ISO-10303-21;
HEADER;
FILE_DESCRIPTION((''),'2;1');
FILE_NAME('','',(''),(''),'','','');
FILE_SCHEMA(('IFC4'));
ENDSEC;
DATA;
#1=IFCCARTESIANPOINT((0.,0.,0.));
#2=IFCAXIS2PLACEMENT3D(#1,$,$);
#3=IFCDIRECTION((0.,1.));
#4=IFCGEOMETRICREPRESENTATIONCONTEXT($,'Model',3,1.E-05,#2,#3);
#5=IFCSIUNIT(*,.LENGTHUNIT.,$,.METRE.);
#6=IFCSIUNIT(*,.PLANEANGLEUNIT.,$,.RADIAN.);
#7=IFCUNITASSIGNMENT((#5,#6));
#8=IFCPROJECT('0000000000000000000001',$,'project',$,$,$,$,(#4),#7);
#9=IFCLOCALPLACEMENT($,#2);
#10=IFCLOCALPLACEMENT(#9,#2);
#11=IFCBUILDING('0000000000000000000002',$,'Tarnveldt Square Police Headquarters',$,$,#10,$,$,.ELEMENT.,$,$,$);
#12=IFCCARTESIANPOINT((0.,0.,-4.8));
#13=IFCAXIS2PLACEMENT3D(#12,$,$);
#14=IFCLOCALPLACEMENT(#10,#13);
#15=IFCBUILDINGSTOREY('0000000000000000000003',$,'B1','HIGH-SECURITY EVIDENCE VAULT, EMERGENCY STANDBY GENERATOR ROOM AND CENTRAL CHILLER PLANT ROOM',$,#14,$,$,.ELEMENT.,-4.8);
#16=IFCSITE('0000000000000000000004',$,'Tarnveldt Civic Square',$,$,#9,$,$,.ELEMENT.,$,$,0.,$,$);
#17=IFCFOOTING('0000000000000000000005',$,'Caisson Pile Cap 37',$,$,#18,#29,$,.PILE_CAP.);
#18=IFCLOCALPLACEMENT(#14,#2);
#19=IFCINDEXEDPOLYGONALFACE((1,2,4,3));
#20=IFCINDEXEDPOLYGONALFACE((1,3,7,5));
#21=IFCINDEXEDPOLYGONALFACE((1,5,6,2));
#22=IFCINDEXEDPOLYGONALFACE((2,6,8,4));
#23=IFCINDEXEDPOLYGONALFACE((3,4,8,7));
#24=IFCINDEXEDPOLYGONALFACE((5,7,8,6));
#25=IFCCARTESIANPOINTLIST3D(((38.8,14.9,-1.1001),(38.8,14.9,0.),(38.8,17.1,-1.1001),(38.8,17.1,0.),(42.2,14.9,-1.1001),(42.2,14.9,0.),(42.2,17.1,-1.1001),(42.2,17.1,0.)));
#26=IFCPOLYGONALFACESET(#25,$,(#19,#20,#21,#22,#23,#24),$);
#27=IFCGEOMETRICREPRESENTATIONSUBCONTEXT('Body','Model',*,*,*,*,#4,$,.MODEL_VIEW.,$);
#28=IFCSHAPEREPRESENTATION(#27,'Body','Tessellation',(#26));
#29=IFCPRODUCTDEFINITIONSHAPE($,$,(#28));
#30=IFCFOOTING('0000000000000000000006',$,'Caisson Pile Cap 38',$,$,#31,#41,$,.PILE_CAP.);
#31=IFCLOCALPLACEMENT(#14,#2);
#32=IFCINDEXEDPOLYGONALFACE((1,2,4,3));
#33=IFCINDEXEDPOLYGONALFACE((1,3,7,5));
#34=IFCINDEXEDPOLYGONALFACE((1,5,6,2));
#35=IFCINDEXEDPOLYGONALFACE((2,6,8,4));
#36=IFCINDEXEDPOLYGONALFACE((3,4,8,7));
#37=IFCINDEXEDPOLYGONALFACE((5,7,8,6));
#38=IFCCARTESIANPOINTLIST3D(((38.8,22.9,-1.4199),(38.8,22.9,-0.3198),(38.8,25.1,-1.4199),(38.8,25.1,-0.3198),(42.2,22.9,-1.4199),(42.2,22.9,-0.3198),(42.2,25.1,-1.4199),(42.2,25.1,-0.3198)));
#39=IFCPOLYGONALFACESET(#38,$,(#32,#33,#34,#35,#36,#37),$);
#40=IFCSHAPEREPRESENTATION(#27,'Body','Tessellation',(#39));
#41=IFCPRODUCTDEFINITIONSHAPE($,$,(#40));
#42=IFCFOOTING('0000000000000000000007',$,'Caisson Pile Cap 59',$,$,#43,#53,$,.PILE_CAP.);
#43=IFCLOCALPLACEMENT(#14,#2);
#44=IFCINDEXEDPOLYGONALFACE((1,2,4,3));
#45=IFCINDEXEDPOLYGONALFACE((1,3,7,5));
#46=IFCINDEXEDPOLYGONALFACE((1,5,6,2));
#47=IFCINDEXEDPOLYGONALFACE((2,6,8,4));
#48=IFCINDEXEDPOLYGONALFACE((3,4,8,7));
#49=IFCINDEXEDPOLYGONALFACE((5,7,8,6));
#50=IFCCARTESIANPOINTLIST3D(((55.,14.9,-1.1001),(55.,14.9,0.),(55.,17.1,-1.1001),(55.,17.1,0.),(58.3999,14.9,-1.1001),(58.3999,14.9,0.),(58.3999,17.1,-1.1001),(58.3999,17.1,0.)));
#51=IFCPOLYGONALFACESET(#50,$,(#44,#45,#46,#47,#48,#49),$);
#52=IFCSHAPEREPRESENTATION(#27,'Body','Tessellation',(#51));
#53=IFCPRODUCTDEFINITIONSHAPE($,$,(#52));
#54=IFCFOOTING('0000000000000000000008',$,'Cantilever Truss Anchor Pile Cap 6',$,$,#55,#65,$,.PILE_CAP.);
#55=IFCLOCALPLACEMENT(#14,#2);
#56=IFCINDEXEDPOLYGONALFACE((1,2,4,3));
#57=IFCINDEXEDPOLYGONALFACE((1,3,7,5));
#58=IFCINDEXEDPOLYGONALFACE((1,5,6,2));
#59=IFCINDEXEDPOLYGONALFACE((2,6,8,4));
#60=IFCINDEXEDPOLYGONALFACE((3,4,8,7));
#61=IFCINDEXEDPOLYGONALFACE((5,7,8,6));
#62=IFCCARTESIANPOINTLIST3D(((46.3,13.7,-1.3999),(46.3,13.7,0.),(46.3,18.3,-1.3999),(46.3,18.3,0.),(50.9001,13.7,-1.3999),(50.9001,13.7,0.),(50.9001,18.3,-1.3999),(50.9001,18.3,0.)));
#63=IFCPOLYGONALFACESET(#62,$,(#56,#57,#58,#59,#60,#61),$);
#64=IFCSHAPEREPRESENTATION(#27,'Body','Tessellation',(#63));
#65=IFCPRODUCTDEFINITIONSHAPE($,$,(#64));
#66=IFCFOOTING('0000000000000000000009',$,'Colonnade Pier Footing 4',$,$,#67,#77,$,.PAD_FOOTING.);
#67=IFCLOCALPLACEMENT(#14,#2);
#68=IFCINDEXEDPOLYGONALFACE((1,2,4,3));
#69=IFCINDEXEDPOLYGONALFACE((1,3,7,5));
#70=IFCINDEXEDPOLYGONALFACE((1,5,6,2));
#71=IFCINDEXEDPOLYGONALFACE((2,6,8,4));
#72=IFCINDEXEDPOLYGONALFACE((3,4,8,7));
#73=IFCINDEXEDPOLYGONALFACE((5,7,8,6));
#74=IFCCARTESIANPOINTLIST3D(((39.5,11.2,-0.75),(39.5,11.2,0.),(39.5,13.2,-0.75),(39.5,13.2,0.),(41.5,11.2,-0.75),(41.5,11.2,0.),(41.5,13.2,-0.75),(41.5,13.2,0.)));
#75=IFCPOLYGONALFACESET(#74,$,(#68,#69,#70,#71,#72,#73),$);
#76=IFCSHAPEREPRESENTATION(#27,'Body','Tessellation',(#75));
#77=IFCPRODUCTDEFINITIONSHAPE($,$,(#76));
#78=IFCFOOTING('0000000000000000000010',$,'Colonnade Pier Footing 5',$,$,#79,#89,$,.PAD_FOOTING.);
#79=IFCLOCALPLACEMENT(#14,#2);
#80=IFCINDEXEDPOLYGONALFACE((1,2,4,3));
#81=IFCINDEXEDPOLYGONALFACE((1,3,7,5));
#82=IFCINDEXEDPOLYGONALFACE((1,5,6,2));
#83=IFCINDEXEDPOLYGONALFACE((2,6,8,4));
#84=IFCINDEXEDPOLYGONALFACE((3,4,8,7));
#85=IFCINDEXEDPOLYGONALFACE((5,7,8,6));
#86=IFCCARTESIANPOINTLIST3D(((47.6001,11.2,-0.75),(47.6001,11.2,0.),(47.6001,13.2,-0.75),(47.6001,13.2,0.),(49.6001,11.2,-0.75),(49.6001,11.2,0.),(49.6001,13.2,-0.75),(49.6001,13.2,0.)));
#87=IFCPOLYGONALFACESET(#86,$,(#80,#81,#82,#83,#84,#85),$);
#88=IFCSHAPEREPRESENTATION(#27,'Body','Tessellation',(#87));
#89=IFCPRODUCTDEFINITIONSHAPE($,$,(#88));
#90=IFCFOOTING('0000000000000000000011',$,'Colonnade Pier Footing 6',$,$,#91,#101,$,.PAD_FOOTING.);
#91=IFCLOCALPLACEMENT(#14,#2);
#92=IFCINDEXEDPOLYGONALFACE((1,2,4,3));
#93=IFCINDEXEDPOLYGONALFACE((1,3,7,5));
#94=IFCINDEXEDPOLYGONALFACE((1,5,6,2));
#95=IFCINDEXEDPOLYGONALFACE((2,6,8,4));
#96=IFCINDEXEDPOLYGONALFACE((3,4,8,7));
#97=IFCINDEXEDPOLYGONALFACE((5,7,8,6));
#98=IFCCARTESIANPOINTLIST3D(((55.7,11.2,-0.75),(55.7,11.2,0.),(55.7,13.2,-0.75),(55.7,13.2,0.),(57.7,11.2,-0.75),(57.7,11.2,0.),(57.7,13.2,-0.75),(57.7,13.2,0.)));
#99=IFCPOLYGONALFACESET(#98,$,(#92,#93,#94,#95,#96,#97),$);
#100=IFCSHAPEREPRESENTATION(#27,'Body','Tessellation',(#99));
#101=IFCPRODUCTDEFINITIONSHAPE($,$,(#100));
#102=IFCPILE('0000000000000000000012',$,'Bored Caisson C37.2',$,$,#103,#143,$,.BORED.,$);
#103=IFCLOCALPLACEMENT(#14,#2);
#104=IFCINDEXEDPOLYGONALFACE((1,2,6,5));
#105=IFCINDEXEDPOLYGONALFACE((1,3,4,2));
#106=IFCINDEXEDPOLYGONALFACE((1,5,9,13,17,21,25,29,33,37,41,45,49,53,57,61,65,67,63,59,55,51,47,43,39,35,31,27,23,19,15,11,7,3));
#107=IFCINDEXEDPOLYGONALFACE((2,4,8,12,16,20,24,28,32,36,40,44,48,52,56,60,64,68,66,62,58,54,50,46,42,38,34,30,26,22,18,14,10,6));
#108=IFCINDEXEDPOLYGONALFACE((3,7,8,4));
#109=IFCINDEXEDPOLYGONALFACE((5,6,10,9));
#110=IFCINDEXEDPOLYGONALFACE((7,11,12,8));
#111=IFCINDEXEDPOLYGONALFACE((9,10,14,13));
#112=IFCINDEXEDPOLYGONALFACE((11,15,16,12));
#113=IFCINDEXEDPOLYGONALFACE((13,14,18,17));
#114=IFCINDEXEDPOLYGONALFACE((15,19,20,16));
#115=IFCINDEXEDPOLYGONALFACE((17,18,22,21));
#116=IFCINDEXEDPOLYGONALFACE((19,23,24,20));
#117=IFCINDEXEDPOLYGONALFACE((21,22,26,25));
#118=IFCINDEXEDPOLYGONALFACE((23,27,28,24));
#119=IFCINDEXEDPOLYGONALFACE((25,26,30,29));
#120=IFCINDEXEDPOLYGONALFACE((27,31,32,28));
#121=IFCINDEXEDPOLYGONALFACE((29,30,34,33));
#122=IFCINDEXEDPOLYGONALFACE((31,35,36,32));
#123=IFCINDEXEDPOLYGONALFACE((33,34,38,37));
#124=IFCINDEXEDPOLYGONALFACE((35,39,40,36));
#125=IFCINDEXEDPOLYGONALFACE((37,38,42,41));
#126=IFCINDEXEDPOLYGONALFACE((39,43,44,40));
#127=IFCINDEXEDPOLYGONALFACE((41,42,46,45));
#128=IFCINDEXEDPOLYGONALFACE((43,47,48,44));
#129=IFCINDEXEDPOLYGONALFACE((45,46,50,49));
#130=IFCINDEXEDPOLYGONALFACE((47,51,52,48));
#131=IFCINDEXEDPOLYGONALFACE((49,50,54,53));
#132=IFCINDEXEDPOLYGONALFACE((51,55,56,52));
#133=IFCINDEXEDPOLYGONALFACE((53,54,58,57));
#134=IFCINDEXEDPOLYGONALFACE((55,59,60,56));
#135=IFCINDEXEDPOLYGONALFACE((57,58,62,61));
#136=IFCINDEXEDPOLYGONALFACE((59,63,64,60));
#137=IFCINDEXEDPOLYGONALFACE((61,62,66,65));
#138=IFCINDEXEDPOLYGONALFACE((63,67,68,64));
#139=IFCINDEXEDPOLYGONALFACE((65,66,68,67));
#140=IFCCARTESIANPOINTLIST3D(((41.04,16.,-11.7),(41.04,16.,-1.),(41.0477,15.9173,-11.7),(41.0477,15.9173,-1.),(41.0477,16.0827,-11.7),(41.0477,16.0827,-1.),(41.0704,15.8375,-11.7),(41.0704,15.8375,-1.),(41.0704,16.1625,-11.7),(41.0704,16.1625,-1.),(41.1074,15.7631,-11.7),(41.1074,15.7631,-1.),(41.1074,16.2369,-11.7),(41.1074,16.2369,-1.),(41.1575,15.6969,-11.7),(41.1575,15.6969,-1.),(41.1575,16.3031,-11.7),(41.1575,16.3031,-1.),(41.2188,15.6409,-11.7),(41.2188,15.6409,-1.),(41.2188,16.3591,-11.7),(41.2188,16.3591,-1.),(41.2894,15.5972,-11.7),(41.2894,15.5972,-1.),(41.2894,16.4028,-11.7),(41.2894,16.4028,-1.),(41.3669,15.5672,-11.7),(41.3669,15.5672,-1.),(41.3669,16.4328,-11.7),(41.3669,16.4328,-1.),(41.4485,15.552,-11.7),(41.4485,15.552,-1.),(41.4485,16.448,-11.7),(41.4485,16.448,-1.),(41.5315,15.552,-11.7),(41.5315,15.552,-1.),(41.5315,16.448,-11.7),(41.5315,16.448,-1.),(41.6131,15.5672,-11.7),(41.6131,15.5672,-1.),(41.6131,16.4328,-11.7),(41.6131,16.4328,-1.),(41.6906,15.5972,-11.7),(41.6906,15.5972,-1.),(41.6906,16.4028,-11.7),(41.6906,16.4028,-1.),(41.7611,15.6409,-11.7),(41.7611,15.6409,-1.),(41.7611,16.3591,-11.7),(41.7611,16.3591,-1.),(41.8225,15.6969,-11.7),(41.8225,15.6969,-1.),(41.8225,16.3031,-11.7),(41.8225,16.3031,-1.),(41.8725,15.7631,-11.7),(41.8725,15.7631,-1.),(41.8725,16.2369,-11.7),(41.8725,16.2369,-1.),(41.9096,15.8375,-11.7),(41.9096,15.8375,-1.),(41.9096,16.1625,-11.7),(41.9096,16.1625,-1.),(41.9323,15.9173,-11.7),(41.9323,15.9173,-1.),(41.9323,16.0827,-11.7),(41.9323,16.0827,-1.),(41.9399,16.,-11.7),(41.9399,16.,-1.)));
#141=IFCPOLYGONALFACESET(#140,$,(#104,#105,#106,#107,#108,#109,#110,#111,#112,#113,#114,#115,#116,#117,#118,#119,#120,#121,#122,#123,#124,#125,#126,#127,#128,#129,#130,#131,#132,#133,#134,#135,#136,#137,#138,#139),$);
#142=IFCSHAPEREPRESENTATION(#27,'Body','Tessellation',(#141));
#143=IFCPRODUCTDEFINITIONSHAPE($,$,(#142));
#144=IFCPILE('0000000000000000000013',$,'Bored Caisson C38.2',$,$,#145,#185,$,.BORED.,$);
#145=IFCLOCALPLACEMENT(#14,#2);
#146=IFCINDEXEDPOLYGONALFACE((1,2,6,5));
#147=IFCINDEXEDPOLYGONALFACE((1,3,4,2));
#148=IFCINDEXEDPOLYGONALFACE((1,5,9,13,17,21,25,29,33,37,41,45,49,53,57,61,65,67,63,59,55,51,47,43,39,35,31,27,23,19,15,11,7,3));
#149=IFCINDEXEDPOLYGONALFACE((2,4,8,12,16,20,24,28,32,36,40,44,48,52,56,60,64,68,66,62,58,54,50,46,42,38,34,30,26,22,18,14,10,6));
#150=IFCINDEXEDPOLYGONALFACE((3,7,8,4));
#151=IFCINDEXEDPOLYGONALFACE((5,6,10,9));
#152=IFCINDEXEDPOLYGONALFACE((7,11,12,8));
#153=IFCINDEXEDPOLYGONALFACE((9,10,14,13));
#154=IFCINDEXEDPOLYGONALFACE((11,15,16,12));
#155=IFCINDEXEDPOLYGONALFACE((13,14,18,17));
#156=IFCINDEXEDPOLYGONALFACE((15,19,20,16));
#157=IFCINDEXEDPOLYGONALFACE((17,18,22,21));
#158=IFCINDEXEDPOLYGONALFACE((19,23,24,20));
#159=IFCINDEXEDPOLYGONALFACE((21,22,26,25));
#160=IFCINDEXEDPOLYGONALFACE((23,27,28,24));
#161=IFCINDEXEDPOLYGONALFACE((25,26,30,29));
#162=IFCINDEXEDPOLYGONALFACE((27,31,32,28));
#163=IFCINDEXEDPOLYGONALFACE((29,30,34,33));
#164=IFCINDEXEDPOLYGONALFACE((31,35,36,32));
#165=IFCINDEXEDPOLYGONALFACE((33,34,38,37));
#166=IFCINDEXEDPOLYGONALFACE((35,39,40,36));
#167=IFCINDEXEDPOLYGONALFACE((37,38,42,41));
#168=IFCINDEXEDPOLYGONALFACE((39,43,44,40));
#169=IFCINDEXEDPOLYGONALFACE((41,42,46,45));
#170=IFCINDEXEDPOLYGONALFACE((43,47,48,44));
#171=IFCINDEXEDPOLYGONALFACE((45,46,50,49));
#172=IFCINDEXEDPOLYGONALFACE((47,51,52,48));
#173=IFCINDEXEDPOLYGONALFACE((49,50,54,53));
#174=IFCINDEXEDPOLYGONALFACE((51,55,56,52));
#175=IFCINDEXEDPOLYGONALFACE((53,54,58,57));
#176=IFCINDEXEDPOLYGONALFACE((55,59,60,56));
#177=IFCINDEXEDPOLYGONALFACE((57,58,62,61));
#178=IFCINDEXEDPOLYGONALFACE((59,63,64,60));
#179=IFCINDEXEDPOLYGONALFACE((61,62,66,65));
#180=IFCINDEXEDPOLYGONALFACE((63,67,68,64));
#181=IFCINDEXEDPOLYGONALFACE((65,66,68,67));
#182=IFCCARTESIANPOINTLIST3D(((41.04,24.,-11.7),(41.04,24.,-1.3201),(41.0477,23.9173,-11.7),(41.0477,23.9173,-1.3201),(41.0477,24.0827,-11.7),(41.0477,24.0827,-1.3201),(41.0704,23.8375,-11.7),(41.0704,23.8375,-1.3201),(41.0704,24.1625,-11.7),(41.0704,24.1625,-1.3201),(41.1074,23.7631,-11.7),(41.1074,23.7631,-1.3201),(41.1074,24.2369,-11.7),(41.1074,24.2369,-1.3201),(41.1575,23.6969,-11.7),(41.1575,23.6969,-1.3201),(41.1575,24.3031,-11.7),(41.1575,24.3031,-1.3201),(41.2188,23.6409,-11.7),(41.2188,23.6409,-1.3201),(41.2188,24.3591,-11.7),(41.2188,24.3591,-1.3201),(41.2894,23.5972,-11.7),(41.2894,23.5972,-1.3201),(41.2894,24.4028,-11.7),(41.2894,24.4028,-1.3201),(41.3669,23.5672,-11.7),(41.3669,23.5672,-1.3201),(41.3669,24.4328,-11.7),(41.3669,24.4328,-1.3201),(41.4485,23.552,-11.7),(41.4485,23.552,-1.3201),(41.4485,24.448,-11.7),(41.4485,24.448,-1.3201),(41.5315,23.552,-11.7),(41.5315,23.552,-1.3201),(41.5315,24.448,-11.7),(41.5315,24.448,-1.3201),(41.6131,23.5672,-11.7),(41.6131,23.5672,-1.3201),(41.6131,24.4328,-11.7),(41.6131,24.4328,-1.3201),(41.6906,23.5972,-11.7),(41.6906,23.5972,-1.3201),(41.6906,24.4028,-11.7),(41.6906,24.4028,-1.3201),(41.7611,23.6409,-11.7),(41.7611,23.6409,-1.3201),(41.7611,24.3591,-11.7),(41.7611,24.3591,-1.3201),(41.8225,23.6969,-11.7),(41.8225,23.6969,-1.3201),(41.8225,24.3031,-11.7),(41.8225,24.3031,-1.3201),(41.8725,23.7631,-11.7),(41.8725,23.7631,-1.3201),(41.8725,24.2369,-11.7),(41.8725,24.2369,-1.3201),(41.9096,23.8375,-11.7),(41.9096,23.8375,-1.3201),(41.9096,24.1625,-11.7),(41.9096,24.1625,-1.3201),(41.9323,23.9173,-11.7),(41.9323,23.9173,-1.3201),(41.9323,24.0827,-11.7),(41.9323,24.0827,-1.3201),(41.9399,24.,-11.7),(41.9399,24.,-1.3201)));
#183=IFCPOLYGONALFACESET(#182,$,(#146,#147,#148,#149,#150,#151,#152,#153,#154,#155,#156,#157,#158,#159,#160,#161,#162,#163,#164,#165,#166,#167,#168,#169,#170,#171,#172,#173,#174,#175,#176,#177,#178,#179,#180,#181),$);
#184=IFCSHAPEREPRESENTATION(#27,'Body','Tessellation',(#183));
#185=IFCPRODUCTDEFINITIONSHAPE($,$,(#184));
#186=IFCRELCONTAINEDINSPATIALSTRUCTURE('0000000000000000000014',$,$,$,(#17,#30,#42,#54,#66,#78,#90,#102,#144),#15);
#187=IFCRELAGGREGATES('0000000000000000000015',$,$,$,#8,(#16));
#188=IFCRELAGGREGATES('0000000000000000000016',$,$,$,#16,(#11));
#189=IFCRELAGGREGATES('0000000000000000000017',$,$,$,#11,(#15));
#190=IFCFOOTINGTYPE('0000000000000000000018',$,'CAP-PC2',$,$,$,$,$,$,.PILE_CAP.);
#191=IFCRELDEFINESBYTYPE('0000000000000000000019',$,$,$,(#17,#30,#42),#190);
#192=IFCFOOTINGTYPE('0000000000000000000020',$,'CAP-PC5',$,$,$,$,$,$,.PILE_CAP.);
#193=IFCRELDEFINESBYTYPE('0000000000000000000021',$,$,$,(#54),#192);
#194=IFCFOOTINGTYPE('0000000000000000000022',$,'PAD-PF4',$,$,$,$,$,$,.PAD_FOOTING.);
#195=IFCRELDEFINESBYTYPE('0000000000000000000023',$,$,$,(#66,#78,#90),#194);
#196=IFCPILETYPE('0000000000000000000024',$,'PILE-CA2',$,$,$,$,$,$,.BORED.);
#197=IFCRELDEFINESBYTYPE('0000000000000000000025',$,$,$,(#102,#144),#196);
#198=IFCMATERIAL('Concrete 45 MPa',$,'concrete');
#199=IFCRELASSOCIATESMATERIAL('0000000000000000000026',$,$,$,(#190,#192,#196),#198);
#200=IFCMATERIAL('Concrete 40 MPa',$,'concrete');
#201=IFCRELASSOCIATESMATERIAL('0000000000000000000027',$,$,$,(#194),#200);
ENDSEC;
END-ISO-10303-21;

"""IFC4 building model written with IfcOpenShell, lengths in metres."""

from ifc_helpers import new_model, si_unit, direction, frame, origin, origin_2d, place, context, subcontext, project, spatial, rectangle, circle, extrude, material, material_profile, profile_set, type_object, element, save


model = new_model("IFC4")

# Units and contexts
model_context = context("Model", 3, precision=1e-05, world=origin(), true_north=direction((0.0, 1.0)))
body_context = subcontext(model_context, "Body", "Model", "MODEL_VIEW")
ifc_project = project(units=[si_unit("LENGTHUNIT", "METRE"), si_unit("PLANEANGLEUNIT", "RADIAN")], contexts=[model_context])

# Site, building, storey
site_placement = place(None, origin())
site = spatial("IfcSite", under=ifc_project, at=site_placement, Name="Tarnveldt Civic Square", CompositionType="ELEMENT", RefElevation=0.0)
building_placement = place(site_placement, origin())
building = spatial("IfcBuilding", under=site, at=building_placement, Name="Tarnveldt Square Police Headquarters", CompositionType="ELEMENT")
storey_placement = place(building_placement, frame((0.0, 0.0, -4.8)))
storey = spatial("IfcBuildingStorey", under=building, at=storey_placement, Name="B1", Description="HIGH-SECURITY EVIDENCE VAULT, EMERGENCY STANDBY GENERATOR ROOM AND CENTRAL CHILLER PLANT ROOM", CompositionType="ELEMENT", Elevation=-4.8)

# Footings
ifc_material_1 = material(Name="Concrete 45 MPa", Category="concrete")
footing_type_1 = type_object("IfcFootingType", Name="CAP-PC2", PredefinedType="PILE_CAP", material=ifc_material_1)
for number, where, z_axis, x_axis, name in (
    (1, (40.5, 16.0, -1.1001), (0.0, 0.0, 1.0), (1.0, 0.0, 0.0), "Caisson Pile Cap 37"),
    (2, (40.5, 24.0, -1.4199), (0.0, 0.0, 1.0), (1.0, 0.0, 0.0), "Caisson Pile Cap 38"),
    (3, (56.7, 16.0, -1.1001), (0.0, 0.0, 1.0), (1.0, 0.0, 0.0), "Caisson Pile Cap 59"),
):
    element("IfcFooting", number, at=place(storey_placement, frame(where, z_axis=z_axis, x_axis=x_axis)), inside=storey, type_object=footing_type_1, Name=name, PredefinedType="PILE_CAP", context=body_context, shape_type="SweptSolid", body=[
        extrude(rectangle(XDim=3.3999, YDim=2.2, at=origin_2d()), origin(), (0.0, 0.0, 1.0), 1.1001),
    ])
footing_type_2 = type_object("IfcFootingType", Name="CAP-PC5", PredefinedType="PILE_CAP", material=ifc_material_1)
footing_placement = place(storey_placement, frame((48.6001, 16.0, -1.3999), z_axis=(0.0, 0.0, 1.0), x_axis=(1.0, 0.0, 0.0)))
element("IfcFooting", 4, at=footing_placement, inside=storey, type_object=footing_type_2, Name="Cantilever Truss Anchor Pile Cap 6", PredefinedType="PILE_CAP", context=body_context, shape_type="SweptSolid", body=[
    extrude(rectangle(XDim=4.6001, YDim=4.6001, at=origin_2d()), origin(), (0.0, 0.0, 1.0), 1.3999),
])
ifc_material_2 = material(Name="Concrete 40 MPa", Category="concrete")
footing_type_3 = type_object("IfcFootingType", Name="PAD-PF4", PredefinedType="PAD_FOOTING", material=ifc_material_2)
for number, where, z_axis, x_axis, name in (
    (5, (40.5, 12.2, -0.75), (0.0, 0.0, 1.0), (1.0, 0.0, 0.0), "Colonnade Pier Footing 4"),
    (6, (48.6001, 12.2, -0.75), (0.0, 0.0, 1.0), (1.0, 0.0, 0.0), "Colonnade Pier Footing 5"),
    (7, (56.7, 12.2, -0.75), (0.0, 0.0, 1.0), (1.0, 0.0, 0.0), "Colonnade Pier Footing 6"),
):
    element("IfcFooting", number, at=place(storey_placement, frame(where, z_axis=z_axis, x_axis=x_axis)), inside=storey, type_object=footing_type_3, Name=name, PredefinedType="PAD_FOOTING", context=body_context, shape_type="SweptSolid", body=[
        extrude(rectangle(XDim=2.0, YDim=2.0, at=origin_2d()), origin(), (0.0, 0.0, 1.0), 0.75),
    ])

# Piles
ifc_material_profile_1 = material_profile(ifc_material_1, circle(Radius=0.45, at=origin_2d()), Name="CAISSON-D900")
ifc_profile_set_1 = profile_set([ifc_material_profile_1], Name="Concrete 45 MPa")
pile_type_1 = type_object("IfcPileType", Name="PILE-CA2", PredefinedType="BORED", material=ifc_profile_set_1)
pile_1_placement = place(storey_placement, frame((41.49, 16.0, -1.0), z_axis=(0.0, 0.0, -1.0), x_axis=(1.0, 0.0, 0.0)))
element("IfcPile", 8, at=pile_1_placement, inside=storey, type_object=pile_type_1, Name="Bored Caisson C37.2", PredefinedType="BORED", context=body_context, shape_type="SweptSolid", body=[
    extrude(circle(Radius=0.45, at=origin_2d()), origin(), (0.0, 0.0, 1.0), 10.7),
])
pile_2_placement = place(storey_placement, frame((41.49, 24.0, -1.3201), z_axis=(0.0, 0.0, -1.0), x_axis=(1.0, 0.0, 0.0)))
element("IfcPile", 9, at=pile_2_placement, inside=storey, type_object=pile_type_1, Name="Bored Caisson C38.2", PredefinedType="BORED", context=body_context, shape_type="SweptSolid", body=[
    extrude(circle(Radius=0.45, at=origin_2d()), origin(), (0.0, 0.0, 1.0), 10.3799),
])

save(model, "model.ifc")
